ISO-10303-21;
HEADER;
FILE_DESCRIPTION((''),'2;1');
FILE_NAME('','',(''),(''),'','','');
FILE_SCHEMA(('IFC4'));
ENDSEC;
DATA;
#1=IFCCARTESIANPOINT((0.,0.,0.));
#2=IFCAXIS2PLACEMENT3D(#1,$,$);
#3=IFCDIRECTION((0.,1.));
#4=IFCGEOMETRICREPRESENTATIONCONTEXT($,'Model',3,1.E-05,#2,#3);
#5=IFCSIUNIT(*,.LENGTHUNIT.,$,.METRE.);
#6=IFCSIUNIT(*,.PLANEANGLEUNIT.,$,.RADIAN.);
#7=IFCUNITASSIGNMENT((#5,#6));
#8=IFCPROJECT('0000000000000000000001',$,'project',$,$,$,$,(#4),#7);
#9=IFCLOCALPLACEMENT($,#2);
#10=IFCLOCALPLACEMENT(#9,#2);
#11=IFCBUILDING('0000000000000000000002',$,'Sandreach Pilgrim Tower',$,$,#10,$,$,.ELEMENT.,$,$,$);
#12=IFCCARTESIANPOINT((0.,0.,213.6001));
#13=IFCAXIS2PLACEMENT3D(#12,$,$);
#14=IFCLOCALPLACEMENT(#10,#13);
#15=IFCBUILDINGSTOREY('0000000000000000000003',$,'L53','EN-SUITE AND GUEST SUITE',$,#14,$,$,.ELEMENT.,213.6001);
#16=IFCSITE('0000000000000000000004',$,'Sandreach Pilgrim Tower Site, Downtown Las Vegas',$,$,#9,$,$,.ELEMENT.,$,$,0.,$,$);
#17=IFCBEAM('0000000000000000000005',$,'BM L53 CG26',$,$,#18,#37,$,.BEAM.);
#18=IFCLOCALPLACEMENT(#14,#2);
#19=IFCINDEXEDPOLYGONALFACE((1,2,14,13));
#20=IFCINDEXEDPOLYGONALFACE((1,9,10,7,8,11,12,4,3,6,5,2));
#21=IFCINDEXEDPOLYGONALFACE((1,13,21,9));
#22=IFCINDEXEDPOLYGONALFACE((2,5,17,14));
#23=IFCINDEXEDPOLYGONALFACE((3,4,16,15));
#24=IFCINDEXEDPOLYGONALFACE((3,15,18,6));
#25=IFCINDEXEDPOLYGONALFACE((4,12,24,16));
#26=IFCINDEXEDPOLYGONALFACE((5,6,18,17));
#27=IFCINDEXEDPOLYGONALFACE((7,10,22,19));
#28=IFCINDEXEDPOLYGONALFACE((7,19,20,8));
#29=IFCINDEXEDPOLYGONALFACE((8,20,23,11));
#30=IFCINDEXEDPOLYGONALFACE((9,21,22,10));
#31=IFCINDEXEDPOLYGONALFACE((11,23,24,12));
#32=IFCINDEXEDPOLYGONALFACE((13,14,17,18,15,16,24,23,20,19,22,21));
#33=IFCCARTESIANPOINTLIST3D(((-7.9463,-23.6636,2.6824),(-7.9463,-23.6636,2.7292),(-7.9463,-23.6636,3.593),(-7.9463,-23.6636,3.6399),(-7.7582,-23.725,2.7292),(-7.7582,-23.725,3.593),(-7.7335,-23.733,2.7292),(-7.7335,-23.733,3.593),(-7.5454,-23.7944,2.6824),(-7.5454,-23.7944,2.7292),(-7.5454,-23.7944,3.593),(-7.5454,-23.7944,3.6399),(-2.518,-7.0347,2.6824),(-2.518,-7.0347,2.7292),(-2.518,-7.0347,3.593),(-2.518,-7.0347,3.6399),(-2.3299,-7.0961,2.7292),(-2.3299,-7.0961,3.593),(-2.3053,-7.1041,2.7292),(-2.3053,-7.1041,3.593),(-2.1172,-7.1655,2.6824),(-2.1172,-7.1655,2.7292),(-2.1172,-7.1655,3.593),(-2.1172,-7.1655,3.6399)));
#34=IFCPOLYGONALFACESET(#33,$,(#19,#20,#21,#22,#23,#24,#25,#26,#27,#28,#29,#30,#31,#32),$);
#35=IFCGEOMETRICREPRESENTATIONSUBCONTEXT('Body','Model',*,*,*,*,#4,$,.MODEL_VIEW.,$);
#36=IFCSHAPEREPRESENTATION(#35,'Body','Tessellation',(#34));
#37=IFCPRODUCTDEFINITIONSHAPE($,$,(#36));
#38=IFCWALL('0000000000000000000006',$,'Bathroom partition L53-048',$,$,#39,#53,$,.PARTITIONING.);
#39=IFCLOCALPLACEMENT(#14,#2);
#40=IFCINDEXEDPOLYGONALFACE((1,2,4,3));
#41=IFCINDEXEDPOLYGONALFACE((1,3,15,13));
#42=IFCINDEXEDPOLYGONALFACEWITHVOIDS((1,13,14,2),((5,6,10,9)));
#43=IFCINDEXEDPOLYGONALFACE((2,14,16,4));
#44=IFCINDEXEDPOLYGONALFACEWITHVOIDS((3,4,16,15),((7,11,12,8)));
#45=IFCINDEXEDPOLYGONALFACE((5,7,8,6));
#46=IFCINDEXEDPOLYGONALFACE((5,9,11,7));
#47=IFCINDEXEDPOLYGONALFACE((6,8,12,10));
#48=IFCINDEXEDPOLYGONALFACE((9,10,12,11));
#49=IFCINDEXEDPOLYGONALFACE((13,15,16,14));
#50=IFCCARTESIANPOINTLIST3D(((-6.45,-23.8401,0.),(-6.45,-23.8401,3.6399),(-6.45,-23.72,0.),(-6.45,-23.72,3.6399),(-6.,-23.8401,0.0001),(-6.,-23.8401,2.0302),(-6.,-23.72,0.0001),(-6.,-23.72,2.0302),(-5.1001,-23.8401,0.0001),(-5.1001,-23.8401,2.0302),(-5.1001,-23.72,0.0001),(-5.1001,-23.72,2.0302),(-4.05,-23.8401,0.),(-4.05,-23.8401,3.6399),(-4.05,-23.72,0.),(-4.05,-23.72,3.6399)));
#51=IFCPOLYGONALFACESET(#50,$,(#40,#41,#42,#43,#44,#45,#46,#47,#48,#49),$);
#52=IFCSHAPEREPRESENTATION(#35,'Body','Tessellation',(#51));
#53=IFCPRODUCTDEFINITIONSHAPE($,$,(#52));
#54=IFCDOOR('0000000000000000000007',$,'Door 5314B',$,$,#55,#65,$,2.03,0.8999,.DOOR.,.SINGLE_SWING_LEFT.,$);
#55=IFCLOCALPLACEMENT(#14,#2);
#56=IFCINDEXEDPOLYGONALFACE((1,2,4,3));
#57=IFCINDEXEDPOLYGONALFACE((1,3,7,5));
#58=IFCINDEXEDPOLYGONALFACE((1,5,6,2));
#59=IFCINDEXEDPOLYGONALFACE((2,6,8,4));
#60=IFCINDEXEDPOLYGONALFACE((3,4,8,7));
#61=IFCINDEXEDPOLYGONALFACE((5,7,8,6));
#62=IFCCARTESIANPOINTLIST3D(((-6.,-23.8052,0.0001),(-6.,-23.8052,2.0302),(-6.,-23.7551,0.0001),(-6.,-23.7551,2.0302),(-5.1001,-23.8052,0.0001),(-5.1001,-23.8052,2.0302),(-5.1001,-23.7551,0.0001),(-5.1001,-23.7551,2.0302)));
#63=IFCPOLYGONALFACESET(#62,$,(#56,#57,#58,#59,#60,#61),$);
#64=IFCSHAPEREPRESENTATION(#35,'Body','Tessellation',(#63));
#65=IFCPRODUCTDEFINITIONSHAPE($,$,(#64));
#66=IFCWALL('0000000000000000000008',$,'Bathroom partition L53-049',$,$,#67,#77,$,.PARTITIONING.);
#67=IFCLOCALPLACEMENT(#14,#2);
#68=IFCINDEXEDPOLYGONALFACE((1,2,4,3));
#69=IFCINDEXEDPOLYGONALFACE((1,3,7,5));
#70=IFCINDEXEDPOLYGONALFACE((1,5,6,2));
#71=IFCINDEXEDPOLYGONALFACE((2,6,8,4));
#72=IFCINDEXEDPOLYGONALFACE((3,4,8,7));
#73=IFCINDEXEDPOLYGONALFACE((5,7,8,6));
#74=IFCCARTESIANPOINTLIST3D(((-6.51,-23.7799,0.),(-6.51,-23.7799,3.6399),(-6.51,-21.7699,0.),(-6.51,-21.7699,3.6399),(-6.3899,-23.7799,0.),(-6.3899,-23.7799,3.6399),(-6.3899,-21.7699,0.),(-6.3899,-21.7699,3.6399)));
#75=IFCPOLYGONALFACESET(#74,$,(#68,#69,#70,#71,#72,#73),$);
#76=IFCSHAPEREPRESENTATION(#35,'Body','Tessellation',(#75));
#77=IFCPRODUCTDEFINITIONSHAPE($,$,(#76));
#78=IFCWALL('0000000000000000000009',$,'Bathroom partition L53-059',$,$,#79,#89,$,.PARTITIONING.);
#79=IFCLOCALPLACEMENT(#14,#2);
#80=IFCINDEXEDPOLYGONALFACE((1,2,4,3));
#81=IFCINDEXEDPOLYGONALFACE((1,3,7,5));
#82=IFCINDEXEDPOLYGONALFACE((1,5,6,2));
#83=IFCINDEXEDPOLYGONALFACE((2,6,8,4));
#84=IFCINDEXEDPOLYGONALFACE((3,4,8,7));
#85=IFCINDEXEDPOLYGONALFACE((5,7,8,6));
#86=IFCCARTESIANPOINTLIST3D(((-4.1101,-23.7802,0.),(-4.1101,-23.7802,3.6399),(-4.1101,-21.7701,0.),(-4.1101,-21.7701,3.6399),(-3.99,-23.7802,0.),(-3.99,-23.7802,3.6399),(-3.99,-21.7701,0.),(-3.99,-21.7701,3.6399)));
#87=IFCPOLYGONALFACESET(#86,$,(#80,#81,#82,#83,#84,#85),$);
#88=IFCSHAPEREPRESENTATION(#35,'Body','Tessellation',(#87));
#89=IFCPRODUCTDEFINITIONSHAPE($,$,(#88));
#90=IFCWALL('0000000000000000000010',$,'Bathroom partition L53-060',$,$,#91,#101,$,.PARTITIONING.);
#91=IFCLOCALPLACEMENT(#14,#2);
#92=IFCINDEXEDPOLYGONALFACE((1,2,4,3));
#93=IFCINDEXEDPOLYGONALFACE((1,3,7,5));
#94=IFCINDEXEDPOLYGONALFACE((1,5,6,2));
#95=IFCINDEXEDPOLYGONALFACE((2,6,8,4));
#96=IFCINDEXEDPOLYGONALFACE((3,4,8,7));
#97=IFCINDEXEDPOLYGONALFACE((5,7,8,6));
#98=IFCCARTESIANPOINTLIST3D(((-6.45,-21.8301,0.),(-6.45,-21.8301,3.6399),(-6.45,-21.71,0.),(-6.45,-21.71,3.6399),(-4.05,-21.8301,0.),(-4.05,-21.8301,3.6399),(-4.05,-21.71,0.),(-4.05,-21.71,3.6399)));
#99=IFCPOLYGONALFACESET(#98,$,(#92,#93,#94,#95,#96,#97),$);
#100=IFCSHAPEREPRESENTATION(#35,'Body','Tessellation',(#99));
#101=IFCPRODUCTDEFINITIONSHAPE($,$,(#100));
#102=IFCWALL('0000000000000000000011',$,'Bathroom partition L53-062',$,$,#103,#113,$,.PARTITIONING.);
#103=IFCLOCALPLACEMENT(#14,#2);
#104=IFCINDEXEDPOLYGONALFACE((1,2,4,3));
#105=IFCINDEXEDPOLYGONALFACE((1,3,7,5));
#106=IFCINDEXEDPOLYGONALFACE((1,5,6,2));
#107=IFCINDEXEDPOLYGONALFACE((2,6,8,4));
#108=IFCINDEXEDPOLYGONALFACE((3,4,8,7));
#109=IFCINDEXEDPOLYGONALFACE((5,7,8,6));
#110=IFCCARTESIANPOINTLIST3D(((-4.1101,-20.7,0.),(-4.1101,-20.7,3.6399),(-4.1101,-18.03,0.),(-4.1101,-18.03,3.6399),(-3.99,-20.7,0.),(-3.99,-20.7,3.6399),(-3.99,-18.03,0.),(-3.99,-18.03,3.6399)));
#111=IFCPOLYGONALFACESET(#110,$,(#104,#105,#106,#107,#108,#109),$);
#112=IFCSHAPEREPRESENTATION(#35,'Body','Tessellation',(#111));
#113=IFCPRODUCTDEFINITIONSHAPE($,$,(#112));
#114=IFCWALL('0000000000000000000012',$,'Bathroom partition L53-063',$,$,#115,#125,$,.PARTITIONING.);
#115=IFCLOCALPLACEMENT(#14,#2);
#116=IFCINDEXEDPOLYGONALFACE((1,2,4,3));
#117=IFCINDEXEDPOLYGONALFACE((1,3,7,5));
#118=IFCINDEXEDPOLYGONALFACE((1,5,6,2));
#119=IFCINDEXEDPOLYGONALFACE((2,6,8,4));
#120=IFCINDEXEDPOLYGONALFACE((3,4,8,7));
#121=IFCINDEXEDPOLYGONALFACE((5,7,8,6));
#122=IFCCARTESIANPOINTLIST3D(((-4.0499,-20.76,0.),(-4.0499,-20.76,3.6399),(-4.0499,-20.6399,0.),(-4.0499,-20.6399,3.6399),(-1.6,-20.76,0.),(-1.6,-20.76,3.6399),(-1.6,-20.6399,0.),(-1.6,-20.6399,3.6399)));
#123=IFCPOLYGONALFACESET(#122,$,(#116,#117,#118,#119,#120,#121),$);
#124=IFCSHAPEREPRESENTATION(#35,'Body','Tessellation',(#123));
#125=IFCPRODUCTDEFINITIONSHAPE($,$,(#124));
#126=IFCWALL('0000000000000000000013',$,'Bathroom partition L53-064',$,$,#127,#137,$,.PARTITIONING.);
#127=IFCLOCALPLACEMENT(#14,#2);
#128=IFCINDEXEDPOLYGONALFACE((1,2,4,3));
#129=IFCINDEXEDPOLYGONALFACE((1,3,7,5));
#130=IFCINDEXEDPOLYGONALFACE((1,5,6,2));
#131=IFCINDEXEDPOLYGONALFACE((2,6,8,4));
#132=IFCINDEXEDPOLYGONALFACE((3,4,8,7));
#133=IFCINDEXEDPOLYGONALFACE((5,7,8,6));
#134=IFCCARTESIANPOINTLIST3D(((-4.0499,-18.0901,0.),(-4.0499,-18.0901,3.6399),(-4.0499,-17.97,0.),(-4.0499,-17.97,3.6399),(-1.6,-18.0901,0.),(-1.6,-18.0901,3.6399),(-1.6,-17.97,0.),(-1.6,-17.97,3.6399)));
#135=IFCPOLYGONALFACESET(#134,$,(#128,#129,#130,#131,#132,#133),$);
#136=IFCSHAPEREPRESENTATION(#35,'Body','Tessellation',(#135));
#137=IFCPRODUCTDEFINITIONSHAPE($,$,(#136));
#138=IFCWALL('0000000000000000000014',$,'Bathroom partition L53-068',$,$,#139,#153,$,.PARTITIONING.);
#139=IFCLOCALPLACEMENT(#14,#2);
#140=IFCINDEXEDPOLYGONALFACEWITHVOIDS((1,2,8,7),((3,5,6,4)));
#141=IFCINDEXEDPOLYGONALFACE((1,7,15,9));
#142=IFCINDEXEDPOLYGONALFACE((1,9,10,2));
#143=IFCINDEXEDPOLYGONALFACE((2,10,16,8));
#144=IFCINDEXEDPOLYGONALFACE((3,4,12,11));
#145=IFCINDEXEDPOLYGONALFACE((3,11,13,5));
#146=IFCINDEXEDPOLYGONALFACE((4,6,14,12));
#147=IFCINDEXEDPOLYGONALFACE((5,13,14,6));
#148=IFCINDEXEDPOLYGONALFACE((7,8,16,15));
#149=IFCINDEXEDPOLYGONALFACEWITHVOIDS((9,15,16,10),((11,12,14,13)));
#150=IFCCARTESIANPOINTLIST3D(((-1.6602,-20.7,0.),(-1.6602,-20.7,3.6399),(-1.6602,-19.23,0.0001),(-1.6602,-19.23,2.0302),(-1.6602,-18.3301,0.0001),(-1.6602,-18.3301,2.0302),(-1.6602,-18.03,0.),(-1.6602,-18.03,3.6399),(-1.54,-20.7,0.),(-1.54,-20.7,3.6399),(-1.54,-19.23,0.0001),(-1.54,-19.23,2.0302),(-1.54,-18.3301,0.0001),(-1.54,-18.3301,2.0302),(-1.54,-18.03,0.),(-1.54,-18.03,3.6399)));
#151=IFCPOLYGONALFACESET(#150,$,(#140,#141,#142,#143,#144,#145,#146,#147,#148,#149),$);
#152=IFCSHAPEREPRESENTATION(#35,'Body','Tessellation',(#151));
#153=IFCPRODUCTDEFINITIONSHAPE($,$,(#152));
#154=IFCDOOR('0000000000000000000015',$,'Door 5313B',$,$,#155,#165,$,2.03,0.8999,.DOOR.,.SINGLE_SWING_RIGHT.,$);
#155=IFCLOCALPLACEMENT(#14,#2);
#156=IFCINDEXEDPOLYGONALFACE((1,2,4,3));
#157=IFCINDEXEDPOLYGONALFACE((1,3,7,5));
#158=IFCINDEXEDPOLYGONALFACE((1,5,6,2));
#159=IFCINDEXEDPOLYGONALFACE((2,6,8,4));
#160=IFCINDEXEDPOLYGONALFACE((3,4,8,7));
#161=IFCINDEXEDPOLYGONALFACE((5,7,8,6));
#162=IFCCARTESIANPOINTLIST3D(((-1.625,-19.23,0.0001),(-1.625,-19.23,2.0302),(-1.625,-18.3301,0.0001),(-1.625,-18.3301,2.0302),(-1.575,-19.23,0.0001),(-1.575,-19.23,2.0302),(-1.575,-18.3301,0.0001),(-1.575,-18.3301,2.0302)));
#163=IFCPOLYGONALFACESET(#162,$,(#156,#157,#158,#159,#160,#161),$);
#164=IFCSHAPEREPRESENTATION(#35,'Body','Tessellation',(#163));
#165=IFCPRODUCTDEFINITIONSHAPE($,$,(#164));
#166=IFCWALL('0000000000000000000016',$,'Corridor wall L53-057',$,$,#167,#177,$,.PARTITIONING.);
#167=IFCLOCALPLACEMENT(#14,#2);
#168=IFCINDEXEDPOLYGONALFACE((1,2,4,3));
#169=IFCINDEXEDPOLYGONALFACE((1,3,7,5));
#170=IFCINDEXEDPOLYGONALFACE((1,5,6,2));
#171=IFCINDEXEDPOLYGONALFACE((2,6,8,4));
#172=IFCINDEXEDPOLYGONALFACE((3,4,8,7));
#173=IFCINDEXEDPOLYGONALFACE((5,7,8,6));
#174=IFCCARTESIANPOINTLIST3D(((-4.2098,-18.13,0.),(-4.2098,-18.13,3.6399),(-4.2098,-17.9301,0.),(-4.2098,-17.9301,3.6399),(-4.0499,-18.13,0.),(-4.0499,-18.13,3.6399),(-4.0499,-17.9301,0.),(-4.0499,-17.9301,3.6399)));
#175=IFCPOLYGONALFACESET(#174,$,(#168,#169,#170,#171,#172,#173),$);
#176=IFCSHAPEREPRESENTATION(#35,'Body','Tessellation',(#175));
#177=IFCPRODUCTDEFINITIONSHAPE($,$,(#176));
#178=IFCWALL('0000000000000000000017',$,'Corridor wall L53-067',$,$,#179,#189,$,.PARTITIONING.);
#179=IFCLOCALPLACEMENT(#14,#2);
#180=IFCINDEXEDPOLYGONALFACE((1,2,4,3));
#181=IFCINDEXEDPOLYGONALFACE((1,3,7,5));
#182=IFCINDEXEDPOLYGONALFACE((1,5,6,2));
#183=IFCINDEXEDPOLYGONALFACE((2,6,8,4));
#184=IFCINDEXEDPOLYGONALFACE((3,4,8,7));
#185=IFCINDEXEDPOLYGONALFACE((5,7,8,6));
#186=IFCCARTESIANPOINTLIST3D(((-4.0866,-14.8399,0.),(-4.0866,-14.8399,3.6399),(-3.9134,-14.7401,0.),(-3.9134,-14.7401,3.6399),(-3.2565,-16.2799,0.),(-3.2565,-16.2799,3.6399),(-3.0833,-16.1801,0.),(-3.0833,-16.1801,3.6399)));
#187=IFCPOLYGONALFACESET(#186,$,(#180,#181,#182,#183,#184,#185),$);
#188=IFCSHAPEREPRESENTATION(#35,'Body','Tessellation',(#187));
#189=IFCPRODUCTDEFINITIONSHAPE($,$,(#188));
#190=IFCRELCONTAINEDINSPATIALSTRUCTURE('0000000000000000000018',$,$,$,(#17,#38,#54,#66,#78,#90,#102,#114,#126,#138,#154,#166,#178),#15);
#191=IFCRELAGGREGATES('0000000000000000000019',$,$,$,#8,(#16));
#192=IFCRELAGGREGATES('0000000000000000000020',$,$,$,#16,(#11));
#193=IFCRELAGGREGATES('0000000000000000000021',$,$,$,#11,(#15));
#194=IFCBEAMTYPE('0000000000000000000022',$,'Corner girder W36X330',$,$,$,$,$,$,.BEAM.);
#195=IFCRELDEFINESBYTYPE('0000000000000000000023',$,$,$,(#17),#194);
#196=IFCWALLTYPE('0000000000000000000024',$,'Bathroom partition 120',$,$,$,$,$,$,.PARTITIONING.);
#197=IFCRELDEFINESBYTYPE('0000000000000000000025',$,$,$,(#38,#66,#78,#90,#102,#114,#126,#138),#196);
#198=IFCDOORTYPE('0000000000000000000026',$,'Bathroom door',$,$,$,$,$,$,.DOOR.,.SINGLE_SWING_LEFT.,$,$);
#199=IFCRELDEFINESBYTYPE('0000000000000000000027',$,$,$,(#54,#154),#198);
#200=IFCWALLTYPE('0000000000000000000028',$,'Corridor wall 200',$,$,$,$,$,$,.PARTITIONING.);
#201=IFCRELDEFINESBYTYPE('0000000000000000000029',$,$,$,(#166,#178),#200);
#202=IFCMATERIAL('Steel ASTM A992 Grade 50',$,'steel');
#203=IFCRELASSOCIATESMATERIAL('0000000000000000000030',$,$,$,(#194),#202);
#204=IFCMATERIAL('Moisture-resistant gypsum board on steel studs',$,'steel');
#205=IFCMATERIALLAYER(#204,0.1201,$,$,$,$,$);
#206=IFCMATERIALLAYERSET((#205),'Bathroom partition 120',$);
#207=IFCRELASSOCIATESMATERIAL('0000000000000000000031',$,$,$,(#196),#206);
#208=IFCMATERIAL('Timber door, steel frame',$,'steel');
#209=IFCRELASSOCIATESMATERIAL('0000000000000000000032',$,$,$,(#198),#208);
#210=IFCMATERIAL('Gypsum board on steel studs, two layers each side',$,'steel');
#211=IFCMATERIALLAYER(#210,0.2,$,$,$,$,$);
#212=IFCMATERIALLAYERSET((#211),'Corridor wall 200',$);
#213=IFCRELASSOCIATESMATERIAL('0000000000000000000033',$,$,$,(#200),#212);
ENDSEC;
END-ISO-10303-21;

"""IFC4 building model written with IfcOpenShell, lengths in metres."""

from ifc_helpers import new_model, si_unit, direction, frame, frame_2d, origin, origin_2d, place, context, subcontext, project, spatial, rectangle, i_section, extrude, material, layer, layer_set, material_profile, profile_set, type_object, element, fill, save


model = new_model("IFC4")

# Units and contexts
model_context = context("Model", 3, precision=1e-05, world=origin(), true_north=direction((0.0, 1.0)))
body_context = subcontext(model_context, "Body", "Model", "MODEL_VIEW")
ifc_project = project(units=[si_unit("LENGTHUNIT", "METRE"), si_unit("PLANEANGLEUNIT", "RADIAN")], contexts=[model_context])

# Site, building, storey
site_placement = place(None, origin())
site = spatial("IfcSite", under=ifc_project, at=site_placement, Name="Sandreach Pilgrim Tower Site, Downtown Las Vegas", CompositionType="ELEMENT", RefElevation=0.0)
building_placement = place(site_placement, origin())
building = spatial("IfcBuilding", under=site, at=building_placement, Name="Sandreach Pilgrim Tower", CompositionType="ELEMENT")
storey_placement = place(building_placement, frame((0.0, 0.0, 213.6001)))
storey = spatial("IfcBuildingStorey", under=building, at=storey_placement, Name="L53", Description="EN-SUITE AND GUEST SUITE", CompositionType="ELEMENT", Elevation=213.6001)

# Beam
ifc_material_1 = material(Name="Steel ASTM A992 Grade 50", Category="steel")
ifc_material_profile = material_profile(ifc_material_1, i_section(OverallWidth=0.4216, OverallDepth=0.9575, WebThickness=0.0259, FlangeThickness=0.0469, at=origin_2d()), Name="W36X330")
ifc_profile_set = profile_set([ifc_material_profile], Name="Steel ASTM A992 Grade 50")
beam_type = type_object("IfcBeamType", Name="Corner girder W36X330", PredefinedType="BEAM", material=ifc_profile_set)
beam_placement = place(storey_placement, frame((-7.7458, -23.729, 3.1611), z_axis=(0.310318, 0.950633, 0.0), x_axis=(-0.950633, 0.310318, 0.0)))
element("IfcBeam", 1, at=beam_placement, inside=storey, type_object=beam_type, Name="BM L53 CG26", PredefinedType="BEAM", context=body_context, shape_type="SweptSolid", body=[
    extrude(i_section(OverallWidth=0.4216, OverallDepth=0.9575, WebThickness=0.0259, FlangeThickness=0.0469, at=origin_2d()), origin(), (0.0, 0.0, 1.0), 17.4924),
])

# Wall, opening, door
ifc_material_2 = material(Name="Moisture-resistant gypsum board on steel studs", Category="steel")
ifc_layer_1 = layer(ifc_material_2, 0.1201)
ifc_layer_set_1 = layer_set([ifc_layer_1], Name="Bathroom partition 120")
wall_type_1 = type_object("IfcWallType", Name="Bathroom partition 120", PredefinedType="PARTITIONING", material=ifc_layer_set_1)
wall_1_placement = place(storey_placement, frame((-6.45, -23.78, 0.0), z_axis=(0.0, 0.0, 1.0), x_axis=(1.0, 0.0, 0.0)))
wall_1 = element("IfcWall", 2, at=wall_1_placement, inside=storey, type_object=wall_type_1, Name="Bathroom partition L53-048", PredefinedType="PARTITIONING", context=body_context, shape_type="SweptSolid", body=[
    extrude(rectangle(XDim=2.3999, YDim=0.1201, at=frame_2d((1.2, 0.0))), origin(), (0.0, 0.0, 1.0), 3.6399),
])
opening_1_placement = place(wall_1_placement, frame((0.45, 0.0, 0.0)))
opening_1 = element("IfcOpeningElement", 3, at=opening_1_placement, cuts=wall_1, PredefinedType="OPENING", context=body_context, shape_type="SweptSolid", body=[
    extrude(rectangle(XDim=0.8999, YDim=2.03, at=frame_2d((0.45, 1.0151))), frame((0.0, 0.0601, 0.0), z_axis=(0.0, -1.0, 0.0), x_axis=(1.0, 0.0, 0.0)), (0.0, 0.0, 1.0), 0.1201),
])
ifc_material_3 = material(Name="Timber door, steel frame", Category="steel")
door_type_1 = type_object("IfcDoorType", Name="Bathroom door", OperationType="SINGLE_SWING_LEFT", PredefinedType="DOOR", material=ifc_material_3)
door_1_placement = place(opening_1_placement, origin())
door_1 = element("IfcDoor", 4, at=door_1_placement, inside=storey, type_object=door_type_1, Name="Door 5314B", OperationType="SINGLE_SWING_LEFT", OverallHeight=2.03, OverallWidth=0.8999, PredefinedType="DOOR", context=body_context, shape_type="SweptSolid", body=[
    extrude(rectangle(XDim=0.8999, YDim=2.03, at=frame_2d((0.45, 1.0151))), frame((0.0, 0.0249, 0.0), z_axis=(0.0, -1.0, 0.0), x_axis=(1.0, 0.0, 0.0)), (0.0, 0.0, 1.0), 0.05),
])
fill(opening_1, door_1)

# Walls
for number, where, z_axis, x_axis, name in (
    (5, (-6.45, -21.77, 0.0), (0.0, 0.0, 1.0), (0.0, -1.0, 0.0), "Bathroom partition L53-049"),
    (6, (-4.05, -23.78, 0.0), (0.0, 0.0, 1.0), (0.0, 1.0, 0.0), "Bathroom partition L53-059"),
):
    element("IfcWall", number, at=place(storey_placement, frame(where, z_axis=z_axis, x_axis=x_axis)), inside=storey, type_object=wall_type_1, Name=name, PredefinedType="PARTITIONING", context=body_context, shape_type="SweptSolid", body=[
        extrude(rectangle(XDim=2.01, YDim=0.1201, at=frame_2d((1.0049, 0.0))), origin(), (0.0, 0.0, 1.0), 3.6399),
    ])
wall_2_placement = place(storey_placement, frame((-4.05, -21.77, 0.0), z_axis=(0.0, 0.0, 1.0), x_axis=(-1.0, 0.0, 0.0)))
element("IfcWall", 7, at=wall_2_placement, inside=storey, type_object=wall_type_1, Name="Bathroom partition L53-060", PredefinedType="PARTITIONING", context=body_context, shape_type="SweptSolid", body=[
    extrude(rectangle(XDim=2.3999, YDim=0.1201, at=frame_2d((1.2, 0.0))), origin(), (0.0, 0.0, 1.0), 3.6399),
])
wall_3_placement = place(storey_placement, frame((-4.05, -20.7, 0.0), z_axis=(0.0, 0.0, 1.0), x_axis=(0.0, 1.0, 0.0)))
element("IfcWall", 8, at=wall_3_placement, inside=storey, type_object=wall_type_1, Name="Bathroom partition L53-062", PredefinedType="PARTITIONING", context=body_context, shape_type="SweptSolid", body=[
    extrude(rectangle(XDim=2.6699, YDim=0.1201, at=frame_2d((1.335, 0.0))), origin(), (0.0, 0.0, 1.0), 3.6399),
])
for number, where, z_axis, x_axis, name in (
    (9, (-4.05, -20.7, 0.0), (0.0, 0.0, 1.0), (1.0, 0.0, 0.0), "Bathroom partition L53-063"),
    (10, (-4.05, -18.03, 0.0), (0.0, 0.0, 1.0), (1.0, 0.0, 0.0), "Bathroom partition L53-064"),
):
    element("IfcWall", number, at=place(storey_placement, frame(where, z_axis=z_axis, x_axis=x_axis)), inside=storey, type_object=wall_type_1, Name=name, PredefinedType="PARTITIONING", context=body_context, shape_type="SweptSolid", body=[
        extrude(rectangle(XDim=2.45, YDim=0.1201, at=frame_2d((1.2251, 0.0))), origin(), (0.0, 0.0, 1.0), 3.6399),
    ])

# Wall, opening, door
wall_4_placement = place(storey_placement, frame((-1.6001, -20.7, 0.0), z_axis=(0.0, 0.0, 1.0), x_axis=(0.0, 1.0, 0.0)))
wall_4 = element("IfcWall", 11, at=wall_4_placement, inside=storey, type_object=wall_type_1, Name="Bathroom partition L53-068", PredefinedType="PARTITIONING", context=body_context, shape_type="SweptSolid", body=[
    extrude(rectangle(XDim=2.6699, YDim=0.1201, at=frame_2d((1.335, 0.0))), origin(), (0.0, 0.0, 1.0), 3.6399),
])
opening_2_placement = place(wall_4_placement, frame((1.47, 0.0, 0.0)))
opening_2 = element("IfcOpeningElement", 12, at=opening_2_placement, cuts=wall_4, PredefinedType="OPENING", context=body_context, shape_type="SweptSolid", body=[
    extrude(rectangle(XDim=0.8999, YDim=2.03, at=frame_2d((0.45, 1.0151))), frame((0.0, 0.0601, 0.0), z_axis=(0.0, -1.0, 0.0), x_axis=(1.0, 0.0, 0.0)), (0.0, 0.0, 1.0), 0.1201),
])
door_2_placement = place(opening_2_placement, origin())
door_2 = element("IfcDoor", 13, at=door_2_placement, inside=storey, type_object=door_type_1, Name="Door 5313B", OperationType="SINGLE_SWING_RIGHT", OverallHeight=2.03, OverallWidth=0.8999, PredefinedType="DOOR", context=body_context, shape_type="SweptSolid", body=[
    extrude(rectangle(XDim=0.8999, YDim=2.03, at=frame_2d((0.45, 1.0151))), frame((0.0, 0.0249, 0.0), z_axis=(0.0, -1.0, 0.0), x_axis=(1.0, 0.0, 0.0)), (0.0, 0.0, 1.0), 0.05),
])
fill(opening_2, door_2)
ifc_material_4 = material(Name="Gypsum board on steel studs, two layers each side", Category="steel")
ifc_layer_2 = layer(ifc_material_4, 0.2)
ifc_layer_set_2 = layer_set([ifc_layer_2], Name="Corridor wall 200")
wall_type_2 = type_object("IfcWallType", Name="Corridor wall 200", PredefinedType="PARTITIONING", material=ifc_layer_set_2)

# Wall
wall_5_placement = place(storey_placement, frame((-4.21, -18.03, 0.0), z_axis=(0.0, 0.0, 1.0), x_axis=(1.0, 0.0, 0.0)))
element("IfcWall", 14, at=wall_5_placement, inside=storey, type_object=wall_type_2, Name="Corridor wall L53-057", PredefinedType="PARTITIONING", context=body_context, shape_type="SweptSolid", body=[
    extrude(rectangle(XDim=0.1599, YDim=0.2, at=frame_2d((0.0801, 0.0))), origin(), (0.0, 0.0, 1.0), 3.6399),
])

# Wall
wall_6_placement = place(storey_placement, frame((-3.1699, -16.23, 0.0), z_axis=(0.0, 0.0, 1.0), x_axis=(-0.499426, 0.866357, 0.0)))
element("IfcWall", 15, at=wall_6_placement, inside=storey, type_object=wall_type_2, Name="Corridor wall L53-067", PredefinedType="PARTITIONING", context=body_context, shape_type="SweptSolid", body=[
    extrude(rectangle(XDim=1.6621, YDim=0.2, at=frame_2d((0.8311, 0.0))), origin(), (0.0, 0.0, 1.0), 3.6399),
])

save(model, "model.ifc")
